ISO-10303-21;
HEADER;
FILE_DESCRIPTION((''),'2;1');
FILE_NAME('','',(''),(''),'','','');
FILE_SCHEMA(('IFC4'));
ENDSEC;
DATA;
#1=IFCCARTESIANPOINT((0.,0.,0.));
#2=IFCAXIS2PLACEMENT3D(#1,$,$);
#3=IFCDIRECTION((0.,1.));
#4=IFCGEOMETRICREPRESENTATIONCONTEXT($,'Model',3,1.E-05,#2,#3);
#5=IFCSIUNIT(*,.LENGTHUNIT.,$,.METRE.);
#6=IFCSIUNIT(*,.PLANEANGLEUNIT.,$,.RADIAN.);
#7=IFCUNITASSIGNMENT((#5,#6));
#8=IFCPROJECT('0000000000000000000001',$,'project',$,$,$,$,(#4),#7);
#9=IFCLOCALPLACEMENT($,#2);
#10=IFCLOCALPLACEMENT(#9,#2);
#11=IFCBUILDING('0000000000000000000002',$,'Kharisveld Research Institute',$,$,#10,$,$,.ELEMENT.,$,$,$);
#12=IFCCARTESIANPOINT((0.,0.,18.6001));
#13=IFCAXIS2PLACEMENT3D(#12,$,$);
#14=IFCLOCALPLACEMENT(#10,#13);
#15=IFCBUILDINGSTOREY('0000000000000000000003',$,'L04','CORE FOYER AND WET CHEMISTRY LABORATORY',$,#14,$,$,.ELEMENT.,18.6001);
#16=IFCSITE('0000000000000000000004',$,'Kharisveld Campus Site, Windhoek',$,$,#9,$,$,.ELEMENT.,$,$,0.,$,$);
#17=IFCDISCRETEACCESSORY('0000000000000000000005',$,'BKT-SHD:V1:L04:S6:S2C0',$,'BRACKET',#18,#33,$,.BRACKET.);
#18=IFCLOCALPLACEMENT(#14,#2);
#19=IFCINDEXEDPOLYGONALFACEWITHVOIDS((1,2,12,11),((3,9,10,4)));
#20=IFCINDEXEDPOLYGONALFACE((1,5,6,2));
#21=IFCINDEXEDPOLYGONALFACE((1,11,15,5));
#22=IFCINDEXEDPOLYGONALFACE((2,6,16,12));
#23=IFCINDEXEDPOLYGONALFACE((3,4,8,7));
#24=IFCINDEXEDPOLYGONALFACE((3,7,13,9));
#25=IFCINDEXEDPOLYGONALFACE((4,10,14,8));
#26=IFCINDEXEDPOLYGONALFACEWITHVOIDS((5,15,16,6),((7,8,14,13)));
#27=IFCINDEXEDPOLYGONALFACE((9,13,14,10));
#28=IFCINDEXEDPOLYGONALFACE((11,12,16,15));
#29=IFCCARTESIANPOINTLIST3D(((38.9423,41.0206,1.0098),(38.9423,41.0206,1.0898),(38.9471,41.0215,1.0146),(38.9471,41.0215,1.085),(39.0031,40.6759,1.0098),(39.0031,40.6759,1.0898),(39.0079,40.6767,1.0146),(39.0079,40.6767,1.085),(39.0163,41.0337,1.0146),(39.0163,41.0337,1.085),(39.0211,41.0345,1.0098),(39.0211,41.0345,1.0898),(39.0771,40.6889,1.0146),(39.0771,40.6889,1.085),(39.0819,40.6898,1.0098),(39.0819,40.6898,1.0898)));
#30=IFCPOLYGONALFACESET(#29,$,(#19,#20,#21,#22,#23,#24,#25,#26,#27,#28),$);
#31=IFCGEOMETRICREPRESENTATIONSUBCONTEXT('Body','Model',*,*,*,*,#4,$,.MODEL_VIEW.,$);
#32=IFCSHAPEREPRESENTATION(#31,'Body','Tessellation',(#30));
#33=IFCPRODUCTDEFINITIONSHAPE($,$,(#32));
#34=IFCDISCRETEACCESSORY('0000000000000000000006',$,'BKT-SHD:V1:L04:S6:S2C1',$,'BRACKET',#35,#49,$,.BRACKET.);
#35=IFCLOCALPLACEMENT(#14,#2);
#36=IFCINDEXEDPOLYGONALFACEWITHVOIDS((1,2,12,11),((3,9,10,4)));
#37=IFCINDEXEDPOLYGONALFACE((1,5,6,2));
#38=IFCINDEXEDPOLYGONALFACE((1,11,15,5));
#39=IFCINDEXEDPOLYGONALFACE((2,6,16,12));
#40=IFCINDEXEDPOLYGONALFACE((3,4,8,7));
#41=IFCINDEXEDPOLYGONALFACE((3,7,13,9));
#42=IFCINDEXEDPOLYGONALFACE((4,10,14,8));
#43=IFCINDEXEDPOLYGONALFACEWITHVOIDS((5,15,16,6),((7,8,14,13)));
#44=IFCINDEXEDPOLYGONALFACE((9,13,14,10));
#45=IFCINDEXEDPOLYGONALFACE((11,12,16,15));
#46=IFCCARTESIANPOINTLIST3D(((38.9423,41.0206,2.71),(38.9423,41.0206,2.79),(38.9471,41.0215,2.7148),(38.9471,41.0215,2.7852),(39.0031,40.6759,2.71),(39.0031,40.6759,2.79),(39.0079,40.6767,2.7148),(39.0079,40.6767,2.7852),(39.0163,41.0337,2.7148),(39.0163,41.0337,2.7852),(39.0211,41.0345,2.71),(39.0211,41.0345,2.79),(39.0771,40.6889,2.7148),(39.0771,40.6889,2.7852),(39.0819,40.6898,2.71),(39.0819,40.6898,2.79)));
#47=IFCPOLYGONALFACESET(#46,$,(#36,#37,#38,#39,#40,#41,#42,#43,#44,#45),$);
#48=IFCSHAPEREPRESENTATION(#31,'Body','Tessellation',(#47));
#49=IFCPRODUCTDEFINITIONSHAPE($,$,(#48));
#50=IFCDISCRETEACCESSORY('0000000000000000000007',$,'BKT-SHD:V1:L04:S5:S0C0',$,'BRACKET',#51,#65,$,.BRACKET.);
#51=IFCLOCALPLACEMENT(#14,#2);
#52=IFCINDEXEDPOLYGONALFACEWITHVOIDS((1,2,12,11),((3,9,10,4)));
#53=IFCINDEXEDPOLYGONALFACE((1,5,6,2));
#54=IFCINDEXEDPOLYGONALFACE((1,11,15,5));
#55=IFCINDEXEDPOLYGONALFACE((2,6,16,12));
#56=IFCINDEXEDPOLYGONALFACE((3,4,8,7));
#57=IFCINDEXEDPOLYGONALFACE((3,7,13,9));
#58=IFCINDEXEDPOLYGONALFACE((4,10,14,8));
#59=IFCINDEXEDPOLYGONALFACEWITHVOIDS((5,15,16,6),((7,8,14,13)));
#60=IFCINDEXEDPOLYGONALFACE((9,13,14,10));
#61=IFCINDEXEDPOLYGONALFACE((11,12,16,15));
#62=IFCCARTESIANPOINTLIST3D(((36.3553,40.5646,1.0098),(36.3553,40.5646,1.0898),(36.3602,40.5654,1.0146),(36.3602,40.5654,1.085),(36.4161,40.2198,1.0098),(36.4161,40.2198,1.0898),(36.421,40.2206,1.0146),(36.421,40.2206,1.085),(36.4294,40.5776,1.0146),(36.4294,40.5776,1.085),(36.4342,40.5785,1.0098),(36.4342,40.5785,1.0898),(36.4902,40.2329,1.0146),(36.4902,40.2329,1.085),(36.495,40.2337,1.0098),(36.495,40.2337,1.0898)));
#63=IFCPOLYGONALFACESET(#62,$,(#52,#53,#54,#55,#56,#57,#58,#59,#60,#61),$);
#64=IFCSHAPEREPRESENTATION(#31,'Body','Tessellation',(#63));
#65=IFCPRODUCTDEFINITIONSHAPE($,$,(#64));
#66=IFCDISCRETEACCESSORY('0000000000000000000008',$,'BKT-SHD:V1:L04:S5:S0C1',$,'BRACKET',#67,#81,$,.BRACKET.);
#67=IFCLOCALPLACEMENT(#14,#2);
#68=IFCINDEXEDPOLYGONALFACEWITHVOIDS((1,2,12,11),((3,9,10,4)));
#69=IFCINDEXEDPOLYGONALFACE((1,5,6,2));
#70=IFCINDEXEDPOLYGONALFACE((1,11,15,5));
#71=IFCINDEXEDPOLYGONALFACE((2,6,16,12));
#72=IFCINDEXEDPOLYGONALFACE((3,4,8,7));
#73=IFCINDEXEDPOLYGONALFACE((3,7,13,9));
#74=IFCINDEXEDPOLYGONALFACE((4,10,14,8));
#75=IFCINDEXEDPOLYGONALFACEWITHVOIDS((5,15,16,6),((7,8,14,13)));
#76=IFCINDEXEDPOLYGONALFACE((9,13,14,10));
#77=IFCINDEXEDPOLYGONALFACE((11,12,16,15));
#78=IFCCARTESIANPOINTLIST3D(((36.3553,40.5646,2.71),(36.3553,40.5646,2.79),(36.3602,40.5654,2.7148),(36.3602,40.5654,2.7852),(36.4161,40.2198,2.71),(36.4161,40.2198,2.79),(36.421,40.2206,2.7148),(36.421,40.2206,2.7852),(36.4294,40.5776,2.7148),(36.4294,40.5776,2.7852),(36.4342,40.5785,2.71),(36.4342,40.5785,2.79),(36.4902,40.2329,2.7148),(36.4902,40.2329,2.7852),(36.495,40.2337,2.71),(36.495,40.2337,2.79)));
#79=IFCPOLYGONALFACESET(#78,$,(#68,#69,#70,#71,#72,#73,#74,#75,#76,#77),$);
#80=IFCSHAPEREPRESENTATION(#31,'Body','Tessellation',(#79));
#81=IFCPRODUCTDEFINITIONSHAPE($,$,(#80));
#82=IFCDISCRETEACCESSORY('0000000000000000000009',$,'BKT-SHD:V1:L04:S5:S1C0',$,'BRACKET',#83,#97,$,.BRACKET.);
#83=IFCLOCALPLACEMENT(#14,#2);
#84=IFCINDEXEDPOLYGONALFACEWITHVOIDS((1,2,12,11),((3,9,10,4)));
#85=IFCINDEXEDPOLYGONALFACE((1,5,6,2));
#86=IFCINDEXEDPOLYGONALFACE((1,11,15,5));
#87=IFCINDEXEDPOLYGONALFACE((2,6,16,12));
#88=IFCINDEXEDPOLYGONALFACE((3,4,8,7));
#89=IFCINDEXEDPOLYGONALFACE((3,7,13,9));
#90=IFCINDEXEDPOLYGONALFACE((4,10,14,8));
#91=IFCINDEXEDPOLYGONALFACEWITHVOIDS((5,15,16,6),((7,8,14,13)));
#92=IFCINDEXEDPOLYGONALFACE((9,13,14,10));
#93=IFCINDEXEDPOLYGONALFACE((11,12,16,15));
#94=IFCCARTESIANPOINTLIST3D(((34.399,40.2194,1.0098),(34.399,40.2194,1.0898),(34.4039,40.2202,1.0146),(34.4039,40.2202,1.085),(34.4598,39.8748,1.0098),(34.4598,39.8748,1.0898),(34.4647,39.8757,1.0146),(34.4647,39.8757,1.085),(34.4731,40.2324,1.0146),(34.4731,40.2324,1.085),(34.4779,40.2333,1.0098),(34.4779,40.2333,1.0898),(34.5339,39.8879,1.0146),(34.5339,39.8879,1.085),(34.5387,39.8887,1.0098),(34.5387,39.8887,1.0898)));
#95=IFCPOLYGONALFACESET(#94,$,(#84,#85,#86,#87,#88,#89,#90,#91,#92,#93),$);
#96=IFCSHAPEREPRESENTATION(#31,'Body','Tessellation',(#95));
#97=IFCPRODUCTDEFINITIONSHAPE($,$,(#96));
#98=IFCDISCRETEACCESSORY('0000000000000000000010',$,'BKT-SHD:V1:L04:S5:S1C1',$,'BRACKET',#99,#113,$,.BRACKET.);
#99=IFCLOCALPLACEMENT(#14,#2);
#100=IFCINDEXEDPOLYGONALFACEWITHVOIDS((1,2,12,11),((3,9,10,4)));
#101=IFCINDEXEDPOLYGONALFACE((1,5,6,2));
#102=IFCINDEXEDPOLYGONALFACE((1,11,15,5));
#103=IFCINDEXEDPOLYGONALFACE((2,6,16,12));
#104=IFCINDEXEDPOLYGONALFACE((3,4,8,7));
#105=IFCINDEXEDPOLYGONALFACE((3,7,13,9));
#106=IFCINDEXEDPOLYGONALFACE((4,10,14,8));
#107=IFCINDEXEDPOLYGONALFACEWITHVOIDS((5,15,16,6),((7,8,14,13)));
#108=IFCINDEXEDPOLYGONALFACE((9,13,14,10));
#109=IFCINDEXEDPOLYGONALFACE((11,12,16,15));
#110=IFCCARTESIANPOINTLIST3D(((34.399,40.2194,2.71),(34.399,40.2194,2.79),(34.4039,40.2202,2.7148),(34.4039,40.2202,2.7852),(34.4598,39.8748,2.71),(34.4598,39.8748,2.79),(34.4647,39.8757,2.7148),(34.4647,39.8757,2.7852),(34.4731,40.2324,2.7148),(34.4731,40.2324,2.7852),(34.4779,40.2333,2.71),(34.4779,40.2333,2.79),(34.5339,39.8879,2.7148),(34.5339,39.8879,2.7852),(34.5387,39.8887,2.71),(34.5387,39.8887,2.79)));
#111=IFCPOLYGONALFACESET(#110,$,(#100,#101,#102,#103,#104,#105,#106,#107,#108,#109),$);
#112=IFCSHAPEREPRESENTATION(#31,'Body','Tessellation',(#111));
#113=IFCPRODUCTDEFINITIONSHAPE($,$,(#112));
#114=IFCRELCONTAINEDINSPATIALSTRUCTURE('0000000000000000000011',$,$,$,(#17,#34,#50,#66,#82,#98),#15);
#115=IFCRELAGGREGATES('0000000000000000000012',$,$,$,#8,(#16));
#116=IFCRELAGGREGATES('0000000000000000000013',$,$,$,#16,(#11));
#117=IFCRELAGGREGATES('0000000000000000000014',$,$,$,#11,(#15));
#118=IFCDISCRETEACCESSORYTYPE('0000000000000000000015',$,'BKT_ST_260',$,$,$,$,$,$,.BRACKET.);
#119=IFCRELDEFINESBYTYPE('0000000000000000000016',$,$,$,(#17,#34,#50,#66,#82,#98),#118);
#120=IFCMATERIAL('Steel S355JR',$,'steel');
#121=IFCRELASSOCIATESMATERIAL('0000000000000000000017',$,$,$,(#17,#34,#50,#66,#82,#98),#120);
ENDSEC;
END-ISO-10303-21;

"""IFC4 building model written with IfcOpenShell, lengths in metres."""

from ifc_helpers import new_model, si_unit, direction, frame, origin, origin_2d, place, context, subcontext, project, spatial, hollow_rectangle, extrude, material, type_object, element, save


model = new_model("IFC4")

# Units and contexts
model_context = context("Model", 3, precision=1e-05, world=origin(), true_north=direction((0.0, 1.0)))
body_context = subcontext(model_context, "Body", "Model", "MODEL_VIEW")
ifc_project = project(units=[si_unit("LENGTHUNIT", "METRE"), si_unit("PLANEANGLEUNIT", "RADIAN")], contexts=[model_context])

# Site, building, storey
site_placement = place(None, origin())
site = spatial("IfcSite", under=ifc_project, at=site_placement, Name="Kharisveld Campus Site, Windhoek", CompositionType="ELEMENT", RefElevation=0.0)
building_placement = place(site_placement, origin())
building = spatial("IfcBuilding", under=site, at=building_placement, Name="Kharisveld Research Institute", CompositionType="ELEMENT")
storey_placement = place(building_placement, frame((0.0, 0.0, 18.6001)))
storey = spatial("IfcBuildingStorey", under=building, at=storey_placement, Name="L04", Description="CORE FOYER AND WET CHEMISTRY LABORATORY", CompositionType="ELEMENT", Elevation=18.6001)

# Discrete accessories
ifc_material_1 = material(Name="Steel S355JR", Category="steel")
discrete_accessory_type = type_object("IfcDiscreteAccessoryType", Name="BKT_ST_260", PredefinedType="BRACKET")
for number, where, z_axis, x_axis, name in (
    (1, (38.9817, 41.0276, 1.0498), (0.173666, -0.984805, 0.0), (0.984805, 0.173666, 0.0), "BKT-SHD:V1:L04:S6:S2C0"),
    (2, (38.9817, 41.0276, 2.75), (0.173666, -0.984805, 0.0), (0.984805, 0.173666, 0.0), "BKT-SHD:V1:L04:S6:S2C1"),
    (3, (36.3948, 40.5715, 1.0498), (0.173666, -0.984805, 0.0), (0.984805, 0.173666, 0.0), "BKT-SHD:V1:L04:S5:S0C0"),
    (4, (36.3948, 40.5715, 2.75), (0.173666, -0.984805, 0.0), (0.984805, 0.173666, 0.0), "BKT-SHD:V1:L04:S5:S0C1"),
):
    element("IfcDiscreteAccessory", number, at=place(storey_placement, frame(where, z_axis=z_axis, x_axis=x_axis)), inside=storey, type_object=discrete_accessory_type, material=ifc_material_1, Name=name, ObjectType="BRACKET", PredefinedType="BRACKET", context=body_context, shape_type="SweptSolid", body=[
        extrude(hollow_rectangle(XDim=0.0801, YDim=0.0801, WallThickness=0.0049, at=origin_2d()), origin(), (0.0, 0.0, 1.0), 0.3501),
    ])
for number, where, z_axis, x_axis, name in (
    (5, (34.4385, 40.2263, 1.0498), (0.173785, -0.984784, 0.0), (0.984784, 0.173785, 0.0), "BKT-SHD:V1:L04:S5:S1C0"),
    (6, (34.4385, 40.2263, 2.75), (0.173785, -0.984784, 0.0), (0.984784, 0.173785, 0.0), "BKT-SHD:V1:L04:S5:S1C1"),
):
    element("IfcDiscreteAccessory", number, at=place(storey_placement, frame(where, z_axis=z_axis, x_axis=x_axis)), inside=storey, type_object=discrete_accessory_type, material=ifc_material_1, Name=name, ObjectType="BRACKET", PredefinedType="BRACKET", context=body_context, shape_type="SweptSolid", body=[
        extrude(hollow_rectangle(XDim=0.0801, YDim=0.0801, WallThickness=0.0049, at=origin_2d()), origin(), (0.0, 0.0, 1.0), 0.3499),
    ])

save(model, "model.ifc")
